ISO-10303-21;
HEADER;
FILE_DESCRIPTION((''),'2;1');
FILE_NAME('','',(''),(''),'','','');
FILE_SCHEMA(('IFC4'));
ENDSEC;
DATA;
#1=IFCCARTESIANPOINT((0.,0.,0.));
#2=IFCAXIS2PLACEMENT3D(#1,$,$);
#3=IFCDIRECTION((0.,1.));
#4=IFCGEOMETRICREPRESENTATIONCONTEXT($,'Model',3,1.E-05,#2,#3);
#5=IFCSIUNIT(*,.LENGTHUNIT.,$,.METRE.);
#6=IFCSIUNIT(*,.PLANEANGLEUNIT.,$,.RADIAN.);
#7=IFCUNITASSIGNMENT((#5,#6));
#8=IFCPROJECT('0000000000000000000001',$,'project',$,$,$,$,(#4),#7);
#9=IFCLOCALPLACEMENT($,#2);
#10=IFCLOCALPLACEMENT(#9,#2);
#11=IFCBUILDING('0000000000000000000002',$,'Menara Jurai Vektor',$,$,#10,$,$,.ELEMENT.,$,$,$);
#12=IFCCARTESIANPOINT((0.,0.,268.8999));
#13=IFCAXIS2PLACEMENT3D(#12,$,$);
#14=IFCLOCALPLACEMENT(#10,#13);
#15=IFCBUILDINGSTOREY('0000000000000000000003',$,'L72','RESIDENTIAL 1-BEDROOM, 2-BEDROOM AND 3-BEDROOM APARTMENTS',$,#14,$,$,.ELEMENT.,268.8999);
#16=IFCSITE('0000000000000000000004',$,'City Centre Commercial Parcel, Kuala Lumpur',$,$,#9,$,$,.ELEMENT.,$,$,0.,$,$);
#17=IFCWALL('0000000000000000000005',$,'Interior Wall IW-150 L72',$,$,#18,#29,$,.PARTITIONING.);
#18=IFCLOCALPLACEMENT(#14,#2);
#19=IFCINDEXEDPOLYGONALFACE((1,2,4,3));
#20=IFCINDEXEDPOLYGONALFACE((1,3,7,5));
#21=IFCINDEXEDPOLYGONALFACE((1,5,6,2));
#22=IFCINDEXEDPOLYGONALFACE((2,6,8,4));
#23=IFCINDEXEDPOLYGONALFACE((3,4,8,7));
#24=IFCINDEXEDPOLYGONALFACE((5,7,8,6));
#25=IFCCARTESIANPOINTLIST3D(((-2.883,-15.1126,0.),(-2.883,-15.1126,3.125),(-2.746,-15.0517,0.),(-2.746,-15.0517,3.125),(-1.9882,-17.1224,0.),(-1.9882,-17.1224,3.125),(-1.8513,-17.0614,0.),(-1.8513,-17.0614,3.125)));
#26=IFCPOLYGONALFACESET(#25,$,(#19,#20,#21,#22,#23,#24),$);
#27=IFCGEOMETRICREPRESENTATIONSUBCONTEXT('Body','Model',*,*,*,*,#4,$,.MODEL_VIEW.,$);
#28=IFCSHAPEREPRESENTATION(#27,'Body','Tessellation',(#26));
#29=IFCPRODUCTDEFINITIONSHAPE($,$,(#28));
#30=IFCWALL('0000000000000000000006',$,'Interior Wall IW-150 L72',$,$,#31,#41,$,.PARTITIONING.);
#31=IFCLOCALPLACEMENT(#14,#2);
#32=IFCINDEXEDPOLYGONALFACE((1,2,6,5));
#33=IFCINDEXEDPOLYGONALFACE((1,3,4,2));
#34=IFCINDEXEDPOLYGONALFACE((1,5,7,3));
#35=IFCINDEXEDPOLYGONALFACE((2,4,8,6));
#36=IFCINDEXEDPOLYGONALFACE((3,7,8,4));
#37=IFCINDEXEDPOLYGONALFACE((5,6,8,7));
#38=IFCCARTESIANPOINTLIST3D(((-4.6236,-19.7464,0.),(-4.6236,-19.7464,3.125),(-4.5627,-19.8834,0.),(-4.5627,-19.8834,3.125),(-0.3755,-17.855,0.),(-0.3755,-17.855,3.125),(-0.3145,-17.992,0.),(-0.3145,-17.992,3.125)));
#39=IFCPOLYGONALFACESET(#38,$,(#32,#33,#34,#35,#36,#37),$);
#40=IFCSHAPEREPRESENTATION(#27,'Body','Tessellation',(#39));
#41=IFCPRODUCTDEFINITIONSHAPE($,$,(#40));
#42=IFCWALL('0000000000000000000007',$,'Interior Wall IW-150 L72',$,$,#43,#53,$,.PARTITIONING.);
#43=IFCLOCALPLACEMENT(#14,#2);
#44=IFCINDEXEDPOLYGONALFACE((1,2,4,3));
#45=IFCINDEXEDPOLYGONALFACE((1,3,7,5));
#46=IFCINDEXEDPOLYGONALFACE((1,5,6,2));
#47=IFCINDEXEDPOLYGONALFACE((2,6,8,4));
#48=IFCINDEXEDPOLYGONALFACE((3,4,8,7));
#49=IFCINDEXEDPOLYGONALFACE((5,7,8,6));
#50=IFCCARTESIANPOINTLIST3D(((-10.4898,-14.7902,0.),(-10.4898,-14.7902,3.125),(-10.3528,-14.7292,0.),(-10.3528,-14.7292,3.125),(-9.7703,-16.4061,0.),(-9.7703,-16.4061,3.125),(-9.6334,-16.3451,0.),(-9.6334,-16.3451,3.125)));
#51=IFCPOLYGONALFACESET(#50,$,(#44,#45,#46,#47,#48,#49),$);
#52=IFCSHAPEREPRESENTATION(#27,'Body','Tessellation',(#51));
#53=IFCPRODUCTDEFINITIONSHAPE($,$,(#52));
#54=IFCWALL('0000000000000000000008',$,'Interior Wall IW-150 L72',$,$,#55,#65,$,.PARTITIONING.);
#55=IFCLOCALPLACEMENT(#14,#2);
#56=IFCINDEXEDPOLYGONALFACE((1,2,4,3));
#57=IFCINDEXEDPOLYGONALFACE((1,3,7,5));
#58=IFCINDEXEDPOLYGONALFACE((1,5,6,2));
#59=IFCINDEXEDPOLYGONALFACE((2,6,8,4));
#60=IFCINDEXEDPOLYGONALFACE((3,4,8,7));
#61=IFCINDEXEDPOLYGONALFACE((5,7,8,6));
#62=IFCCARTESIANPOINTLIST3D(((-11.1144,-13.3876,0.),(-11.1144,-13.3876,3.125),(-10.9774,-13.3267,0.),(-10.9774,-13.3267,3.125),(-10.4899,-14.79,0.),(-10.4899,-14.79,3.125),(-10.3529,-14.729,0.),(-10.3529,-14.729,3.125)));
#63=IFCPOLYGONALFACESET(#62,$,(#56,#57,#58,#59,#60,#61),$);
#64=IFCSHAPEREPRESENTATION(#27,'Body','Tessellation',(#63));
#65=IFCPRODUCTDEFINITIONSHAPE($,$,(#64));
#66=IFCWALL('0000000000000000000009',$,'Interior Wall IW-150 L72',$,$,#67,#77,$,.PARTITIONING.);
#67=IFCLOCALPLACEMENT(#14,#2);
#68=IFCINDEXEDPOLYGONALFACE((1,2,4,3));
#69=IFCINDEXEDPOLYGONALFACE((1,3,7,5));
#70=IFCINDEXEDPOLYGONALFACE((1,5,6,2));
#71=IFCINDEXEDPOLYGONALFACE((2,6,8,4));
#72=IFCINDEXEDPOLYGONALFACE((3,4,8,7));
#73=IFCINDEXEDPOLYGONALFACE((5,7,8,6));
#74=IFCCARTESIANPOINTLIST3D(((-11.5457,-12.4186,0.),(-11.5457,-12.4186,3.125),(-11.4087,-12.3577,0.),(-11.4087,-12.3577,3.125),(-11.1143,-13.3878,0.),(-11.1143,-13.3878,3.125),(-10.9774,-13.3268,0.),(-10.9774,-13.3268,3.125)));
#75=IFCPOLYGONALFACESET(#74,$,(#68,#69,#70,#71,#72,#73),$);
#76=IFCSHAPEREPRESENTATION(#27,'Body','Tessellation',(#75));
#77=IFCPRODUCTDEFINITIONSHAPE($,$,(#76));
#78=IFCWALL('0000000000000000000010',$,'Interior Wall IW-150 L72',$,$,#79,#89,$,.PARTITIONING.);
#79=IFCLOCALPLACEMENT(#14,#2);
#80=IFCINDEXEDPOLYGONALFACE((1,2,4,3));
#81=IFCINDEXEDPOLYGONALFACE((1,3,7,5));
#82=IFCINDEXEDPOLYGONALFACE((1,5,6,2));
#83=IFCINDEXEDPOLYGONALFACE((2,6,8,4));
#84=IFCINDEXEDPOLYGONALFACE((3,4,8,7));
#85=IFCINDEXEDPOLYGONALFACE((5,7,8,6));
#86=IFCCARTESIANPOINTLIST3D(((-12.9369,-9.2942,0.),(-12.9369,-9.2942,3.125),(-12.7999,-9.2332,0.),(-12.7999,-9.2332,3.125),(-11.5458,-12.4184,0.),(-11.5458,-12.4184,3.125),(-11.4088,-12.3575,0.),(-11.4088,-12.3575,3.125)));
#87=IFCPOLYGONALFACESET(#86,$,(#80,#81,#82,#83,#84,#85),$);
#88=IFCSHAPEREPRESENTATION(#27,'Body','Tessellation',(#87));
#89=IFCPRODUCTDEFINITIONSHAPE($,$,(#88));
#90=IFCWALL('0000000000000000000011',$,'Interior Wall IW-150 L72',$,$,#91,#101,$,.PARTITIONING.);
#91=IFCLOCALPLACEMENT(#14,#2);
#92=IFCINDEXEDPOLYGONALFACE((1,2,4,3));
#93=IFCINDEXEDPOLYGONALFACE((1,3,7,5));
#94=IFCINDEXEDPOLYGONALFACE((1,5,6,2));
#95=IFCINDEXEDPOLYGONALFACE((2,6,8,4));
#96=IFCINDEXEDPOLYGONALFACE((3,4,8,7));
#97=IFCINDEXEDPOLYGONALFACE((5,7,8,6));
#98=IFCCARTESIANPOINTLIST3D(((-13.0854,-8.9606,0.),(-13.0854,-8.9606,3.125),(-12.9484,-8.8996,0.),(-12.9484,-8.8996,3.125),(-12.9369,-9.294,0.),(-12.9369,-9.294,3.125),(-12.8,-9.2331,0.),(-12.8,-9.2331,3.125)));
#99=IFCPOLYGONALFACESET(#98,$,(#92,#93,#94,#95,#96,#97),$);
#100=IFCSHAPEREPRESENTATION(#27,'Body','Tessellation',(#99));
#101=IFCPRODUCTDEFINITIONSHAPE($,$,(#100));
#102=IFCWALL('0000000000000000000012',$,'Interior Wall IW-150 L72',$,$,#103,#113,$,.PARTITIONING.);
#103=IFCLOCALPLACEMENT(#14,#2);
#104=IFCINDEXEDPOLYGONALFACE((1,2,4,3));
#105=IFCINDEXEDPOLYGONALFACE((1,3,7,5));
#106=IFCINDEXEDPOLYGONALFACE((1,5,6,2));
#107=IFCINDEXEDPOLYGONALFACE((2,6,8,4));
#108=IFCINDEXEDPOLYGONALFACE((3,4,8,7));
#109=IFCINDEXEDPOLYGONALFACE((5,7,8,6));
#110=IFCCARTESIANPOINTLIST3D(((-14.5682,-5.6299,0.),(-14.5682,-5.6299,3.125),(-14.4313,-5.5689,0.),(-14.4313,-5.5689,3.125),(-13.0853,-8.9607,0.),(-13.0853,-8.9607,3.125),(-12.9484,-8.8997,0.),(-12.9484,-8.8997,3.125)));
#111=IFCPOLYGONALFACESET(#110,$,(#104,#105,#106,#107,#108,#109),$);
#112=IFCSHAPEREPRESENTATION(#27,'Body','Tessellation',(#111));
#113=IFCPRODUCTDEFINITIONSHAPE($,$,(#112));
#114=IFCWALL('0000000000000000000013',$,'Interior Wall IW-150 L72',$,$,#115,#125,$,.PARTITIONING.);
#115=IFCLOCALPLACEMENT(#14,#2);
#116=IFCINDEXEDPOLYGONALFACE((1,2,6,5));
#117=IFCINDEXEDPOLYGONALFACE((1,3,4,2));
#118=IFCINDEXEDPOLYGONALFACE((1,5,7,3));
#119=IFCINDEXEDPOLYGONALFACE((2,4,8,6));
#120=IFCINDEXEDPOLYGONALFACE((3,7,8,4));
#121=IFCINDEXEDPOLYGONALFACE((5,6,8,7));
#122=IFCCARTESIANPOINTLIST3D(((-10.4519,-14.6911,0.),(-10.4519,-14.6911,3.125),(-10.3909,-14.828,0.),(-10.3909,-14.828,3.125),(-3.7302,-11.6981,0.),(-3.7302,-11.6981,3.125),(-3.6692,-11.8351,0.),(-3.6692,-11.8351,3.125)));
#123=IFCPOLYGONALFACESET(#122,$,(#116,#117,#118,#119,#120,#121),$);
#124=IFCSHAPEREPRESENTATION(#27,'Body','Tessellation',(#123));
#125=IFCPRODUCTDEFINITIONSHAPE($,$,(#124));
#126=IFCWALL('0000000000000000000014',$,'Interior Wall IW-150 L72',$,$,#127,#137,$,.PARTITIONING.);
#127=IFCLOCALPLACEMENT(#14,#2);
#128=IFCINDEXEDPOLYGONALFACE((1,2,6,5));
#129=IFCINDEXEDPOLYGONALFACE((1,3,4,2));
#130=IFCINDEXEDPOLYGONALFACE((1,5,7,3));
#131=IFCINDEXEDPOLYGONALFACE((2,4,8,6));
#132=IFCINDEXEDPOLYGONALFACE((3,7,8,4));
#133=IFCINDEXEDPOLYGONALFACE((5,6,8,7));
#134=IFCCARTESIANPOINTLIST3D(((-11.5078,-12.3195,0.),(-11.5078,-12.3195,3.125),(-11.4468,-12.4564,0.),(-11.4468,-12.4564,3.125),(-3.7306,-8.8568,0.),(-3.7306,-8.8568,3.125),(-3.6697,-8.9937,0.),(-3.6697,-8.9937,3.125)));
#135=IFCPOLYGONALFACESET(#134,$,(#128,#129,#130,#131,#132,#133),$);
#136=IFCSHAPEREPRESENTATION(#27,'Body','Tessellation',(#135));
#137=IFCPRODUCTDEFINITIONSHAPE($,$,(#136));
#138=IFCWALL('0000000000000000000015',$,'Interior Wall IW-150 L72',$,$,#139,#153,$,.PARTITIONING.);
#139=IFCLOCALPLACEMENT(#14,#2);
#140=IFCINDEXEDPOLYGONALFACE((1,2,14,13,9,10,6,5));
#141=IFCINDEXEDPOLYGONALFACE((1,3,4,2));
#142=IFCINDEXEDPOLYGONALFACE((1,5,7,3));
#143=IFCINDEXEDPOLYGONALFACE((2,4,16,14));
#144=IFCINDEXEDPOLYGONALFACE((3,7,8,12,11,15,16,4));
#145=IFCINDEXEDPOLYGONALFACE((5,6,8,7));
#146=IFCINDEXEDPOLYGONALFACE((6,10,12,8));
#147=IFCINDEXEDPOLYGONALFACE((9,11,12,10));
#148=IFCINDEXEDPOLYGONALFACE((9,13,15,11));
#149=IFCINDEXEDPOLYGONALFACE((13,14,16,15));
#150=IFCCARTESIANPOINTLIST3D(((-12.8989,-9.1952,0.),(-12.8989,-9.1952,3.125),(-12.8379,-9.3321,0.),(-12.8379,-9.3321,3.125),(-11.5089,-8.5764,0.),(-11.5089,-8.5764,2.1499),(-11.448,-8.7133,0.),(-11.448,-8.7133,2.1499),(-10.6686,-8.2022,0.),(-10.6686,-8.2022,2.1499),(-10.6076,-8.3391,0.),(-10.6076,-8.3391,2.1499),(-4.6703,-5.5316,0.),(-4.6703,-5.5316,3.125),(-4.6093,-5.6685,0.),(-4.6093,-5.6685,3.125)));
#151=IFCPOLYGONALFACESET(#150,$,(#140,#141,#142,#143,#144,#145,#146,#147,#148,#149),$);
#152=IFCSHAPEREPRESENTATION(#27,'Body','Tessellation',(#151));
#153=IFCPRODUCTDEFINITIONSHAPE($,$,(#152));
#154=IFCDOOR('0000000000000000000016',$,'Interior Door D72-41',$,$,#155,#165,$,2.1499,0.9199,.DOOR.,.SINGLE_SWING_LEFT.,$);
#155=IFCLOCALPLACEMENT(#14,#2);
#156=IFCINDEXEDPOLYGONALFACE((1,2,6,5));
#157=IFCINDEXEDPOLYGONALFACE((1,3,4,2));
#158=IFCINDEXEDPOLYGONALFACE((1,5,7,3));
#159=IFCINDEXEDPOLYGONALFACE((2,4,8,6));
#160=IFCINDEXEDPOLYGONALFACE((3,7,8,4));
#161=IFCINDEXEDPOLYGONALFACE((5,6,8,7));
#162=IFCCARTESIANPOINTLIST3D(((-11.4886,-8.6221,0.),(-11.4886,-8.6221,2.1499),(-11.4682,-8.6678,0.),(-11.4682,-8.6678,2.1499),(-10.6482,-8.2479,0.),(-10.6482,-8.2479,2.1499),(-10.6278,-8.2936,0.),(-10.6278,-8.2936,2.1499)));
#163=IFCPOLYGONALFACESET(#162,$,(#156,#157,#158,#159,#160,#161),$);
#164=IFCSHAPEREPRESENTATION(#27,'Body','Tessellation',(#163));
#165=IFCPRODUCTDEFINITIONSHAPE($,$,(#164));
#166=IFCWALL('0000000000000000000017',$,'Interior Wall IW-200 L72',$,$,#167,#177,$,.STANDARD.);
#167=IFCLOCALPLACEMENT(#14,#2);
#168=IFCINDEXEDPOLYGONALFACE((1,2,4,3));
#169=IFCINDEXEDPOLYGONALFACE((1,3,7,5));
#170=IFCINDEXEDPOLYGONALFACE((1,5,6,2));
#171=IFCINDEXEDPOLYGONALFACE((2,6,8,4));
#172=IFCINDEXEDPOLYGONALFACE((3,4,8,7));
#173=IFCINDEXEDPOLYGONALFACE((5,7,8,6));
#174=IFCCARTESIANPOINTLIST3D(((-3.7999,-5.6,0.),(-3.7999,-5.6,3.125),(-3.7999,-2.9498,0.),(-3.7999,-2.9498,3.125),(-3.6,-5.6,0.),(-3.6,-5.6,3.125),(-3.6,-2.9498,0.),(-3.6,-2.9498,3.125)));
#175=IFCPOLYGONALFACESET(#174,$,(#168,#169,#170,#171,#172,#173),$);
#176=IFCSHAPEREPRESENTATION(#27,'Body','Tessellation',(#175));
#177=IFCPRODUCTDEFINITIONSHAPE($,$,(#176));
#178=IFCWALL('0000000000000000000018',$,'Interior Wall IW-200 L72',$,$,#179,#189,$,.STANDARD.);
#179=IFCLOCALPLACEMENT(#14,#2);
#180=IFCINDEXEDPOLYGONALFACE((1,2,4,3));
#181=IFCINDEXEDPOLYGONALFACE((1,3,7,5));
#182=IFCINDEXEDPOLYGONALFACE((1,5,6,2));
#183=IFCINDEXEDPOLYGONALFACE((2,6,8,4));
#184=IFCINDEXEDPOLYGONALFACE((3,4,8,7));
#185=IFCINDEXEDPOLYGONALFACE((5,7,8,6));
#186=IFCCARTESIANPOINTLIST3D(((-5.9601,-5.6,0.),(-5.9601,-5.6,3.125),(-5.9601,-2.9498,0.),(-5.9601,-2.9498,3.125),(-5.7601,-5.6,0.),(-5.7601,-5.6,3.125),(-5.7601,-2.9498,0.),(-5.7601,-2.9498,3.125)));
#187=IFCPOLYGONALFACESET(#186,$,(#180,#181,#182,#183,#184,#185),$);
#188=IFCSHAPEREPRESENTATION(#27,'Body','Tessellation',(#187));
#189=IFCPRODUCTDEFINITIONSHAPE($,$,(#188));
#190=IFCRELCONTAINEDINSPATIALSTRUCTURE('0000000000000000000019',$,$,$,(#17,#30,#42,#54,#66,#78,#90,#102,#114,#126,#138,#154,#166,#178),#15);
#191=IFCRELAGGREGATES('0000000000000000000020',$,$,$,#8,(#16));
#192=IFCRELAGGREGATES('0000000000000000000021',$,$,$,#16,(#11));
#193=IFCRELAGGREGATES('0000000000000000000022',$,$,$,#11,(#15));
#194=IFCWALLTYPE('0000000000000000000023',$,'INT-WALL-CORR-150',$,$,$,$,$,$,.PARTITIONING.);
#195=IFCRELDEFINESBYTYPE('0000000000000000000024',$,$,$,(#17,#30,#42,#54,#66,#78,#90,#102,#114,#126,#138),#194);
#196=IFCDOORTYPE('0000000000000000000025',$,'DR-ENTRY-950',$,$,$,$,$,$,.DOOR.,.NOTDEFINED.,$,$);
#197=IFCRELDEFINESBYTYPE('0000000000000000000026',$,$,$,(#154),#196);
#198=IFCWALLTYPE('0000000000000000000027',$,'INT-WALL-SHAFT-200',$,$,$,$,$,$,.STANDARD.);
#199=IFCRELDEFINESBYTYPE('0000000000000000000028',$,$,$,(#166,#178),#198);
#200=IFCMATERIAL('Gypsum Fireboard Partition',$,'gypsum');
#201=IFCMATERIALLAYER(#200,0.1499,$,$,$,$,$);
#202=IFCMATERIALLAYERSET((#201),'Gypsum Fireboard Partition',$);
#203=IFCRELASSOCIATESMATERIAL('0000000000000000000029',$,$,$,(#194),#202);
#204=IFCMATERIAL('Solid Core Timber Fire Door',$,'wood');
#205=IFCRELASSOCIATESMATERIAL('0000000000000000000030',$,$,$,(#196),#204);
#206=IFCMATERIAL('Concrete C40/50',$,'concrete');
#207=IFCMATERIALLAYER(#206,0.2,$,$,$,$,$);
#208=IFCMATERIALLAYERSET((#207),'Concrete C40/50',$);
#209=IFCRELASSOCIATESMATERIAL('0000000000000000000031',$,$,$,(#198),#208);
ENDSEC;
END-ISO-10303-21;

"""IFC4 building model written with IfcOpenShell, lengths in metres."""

from ifc_helpers import new_model, si_unit, direction, frame, frame_2d, origin, place, context, subcontext, project, spatial, rectangle, extrude, material, layer, layer_set, type_object, element, fill, save


model = new_model("IFC4")

# Units and contexts
model_context = context("Model", 3, precision=1e-05, world=origin(), true_north=direction((0.0, 1.0)))
body_context = subcontext(model_context, "Body", "Model", "MODEL_VIEW")
ifc_project = project(units=[si_unit("LENGTHUNIT", "METRE"), si_unit("PLANEANGLEUNIT", "RADIAN")], contexts=[model_context])

# Site, building, storey
site_placement = place(None, origin())
site = spatial("IfcSite", under=ifc_project, at=site_placement, Name="City Centre Commercial Parcel, Kuala Lumpur", CompositionType="ELEMENT", RefElevation=0.0)
building_placement = place(site_placement, origin())
building = spatial("IfcBuilding", under=site, at=building_placement, Name="Menara Jurai Vektor", CompositionType="ELEMENT")
storey_placement = place(building_placement, frame((0.0, 0.0, 268.8999)))
storey = spatial("IfcBuildingStorey", under=building, at=storey_placement, Name="L72", Description="RESIDENTIAL 1-BEDROOM, 2-BEDROOM AND 3-BEDROOM APARTMENTS", CompositionType="ELEMENT", Elevation=268.8999)

# Shared definitions
ifc_material_1 = material(Name="Gypsum Fireboard Partition", Category="gypsum")
ifc_layer_1 = layer(ifc_material_1, 0.1499)
ifc_layer_set_1 = layer_set([ifc_layer_1], Name="Gypsum Fireboard Partition")
wall_type_1 = type_object("IfcWallType", Name="INT-WALL-CORR-150", PredefinedType="PARTITIONING", material=ifc_layer_set_1)

# Shared definitions
ifc_material_2 = material(Name="Solid Core Timber Fire Door", Category="wood")
door_type_1 = type_object("IfcDoorType", Name="DR-ENTRY-950", OperationType="NOTDEFINED", PredefinedType="DOOR", material=ifc_material_2)

# Wall
for number, where, z_axis, x_axis, name in (
    (1, (-1.9197, -17.092, 0.0), (0.0, 0.0, 1.0), (-0.406725, 0.913551, 0.0), "Interior Wall IW-150 L72"),
):
    element("IfcWall", number, at=place(storey_placement, frame(where, z_axis=z_axis, x_axis=x_axis)), inside=storey, type_object=wall_type_1, Name=name, PredefinedType="PARTITIONING", context=body_context, shape_type="SweptSolid", body=[
        extrude(rectangle(XDim=2.2, YDim=0.1499, at=frame_2d((1.1001, 0.0))), origin(), (0.0, 0.0, 1.0), 3.125),
    ])

# Walls
wall_1_placement = place(storey_placement, frame((-4.5933, -19.8149, 0.0), z_axis=(0.0, 0.0, 1.0), x_axis=(0.913545, 0.406738, 0.0)))
element("IfcWall", 2, at=wall_1_placement, inside=storey, type_object=wall_type_1, Name="Interior Wall IW-150 L72", PredefinedType="PARTITIONING", context=body_context, shape_type="SweptSolid", body=[
    extrude(rectangle(XDim=4.6501, YDim=0.1499, at=frame_2d((2.3252, 0.0))), origin(), (0.0, 0.0, 1.0), 3.125),
])
wall_2_placement = place(storey_placement, frame((-9.7019, -16.3755, 0.0), z_axis=(0.0, 0.0, 1.0), x_axis=(-0.40674, 0.913544, 0.0)))
element("IfcWall", 3, at=wall_2_placement, inside=storey, type_object=wall_type_1, Name="Interior Wall IW-150 L72", PredefinedType="PARTITIONING", context=body_context, shape_type="SweptSolid", body=[
    extrude(rectangle(XDim=1.7688, YDim=0.1499, at=frame_2d((0.8843, 0.0))), origin(), (0.0, 0.0, 1.0), 3.125),
])
wall_3_placement = place(storey_placement, frame((-10.4214, -14.7595, 0.0), z_axis=(0.0, 0.0, 1.0), x_axis=(-0.406817, 0.91351, 0.0)))
element("IfcWall", 4, at=wall_3_placement, inside=storey, type_object=wall_type_1, Name="Interior Wall IW-150 L72", PredefinedType="PARTITIONING", context=body_context, shape_type="SweptSolid", body=[
    extrude(rectangle(XDim=1.5352, YDim=0.1499, at=frame_2d((0.7676, 0.0))), origin(), (0.0, 0.0, 1.0), 3.125),
])
wall_4_placement = place(storey_placement, frame((-11.0459, -13.3572, 0.0), z_axis=(0.0, 0.0, 1.0), x_axis=(-0.406629, 0.913593, 0.0)))
element("IfcWall", 5, at=wall_4_placement, inside=storey, type_object=wall_type_1, Name="Interior Wall IW-150 L72", PredefinedType="PARTITIONING", context=body_context, shape_type="SweptSolid", body=[
    extrude(rectangle(XDim=1.0608, YDim=0.1499, at=frame_2d((0.5303, 0.0))), origin(), (0.0, 0.0, 1.0), 3.125),
])
wall_5_placement = place(storey_placement, frame((-11.4773, -12.3879, 0.0), z_axis=(0.0, 0.0, 1.0), x_axis=(-0.406761, 0.913535, 0.0)))
element("IfcWall", 6, at=wall_5_placement, inside=storey, type_object=wall_type_1, Name="Interior Wall IW-150 L72", PredefinedType="PARTITIONING", context=body_context, shape_type="SweptSolid", body=[
    extrude(rectangle(XDim=3.4199, YDim=0.1499, at=frame_2d((1.71, 0.0))), origin(), (0.0, 0.0, 1.0), 3.125),
])
wall_6_placement = place(storey_placement, frame((-12.8684, -9.2637, 0.0), z_axis=(0.0, 0.0, 1.0), x_axis=(-0.406635, 0.913591, 0.0)))
element("IfcWall", 7, at=wall_6_placement, inside=storey, type_object=wall_type_1, Name="Interior Wall IW-150 L72", PredefinedType="PARTITIONING", context=body_context, shape_type="SweptSolid", body=[
    extrude(rectangle(XDim=0.365, YDim=0.1499, at=frame_2d((0.1826, 0.0))), origin(), (0.0, 0.0, 1.0), 3.125),
])
wall_7_placement = place(storey_placement, frame((-13.0168, -8.9302, 0.0), z_axis=(0.0, 0.0, 1.0), x_axis=(-0.406722, 0.913552, 0.0)))
element("IfcWall", 8, at=wall_7_placement, inside=storey, type_object=wall_type_1, Name="Interior Wall IW-150 L72", PredefinedType="PARTITIONING", context=body_context, shape_type="SweptSolid", body=[
    extrude(rectangle(XDim=3.646, YDim=0.1499, at=frame_2d((1.823, 0.0))), origin(), (0.0, 0.0, 1.0), 3.125),
])
wall_8_placement = place(storey_placement, frame((-10.4214, -14.7595, 0.0), z_axis=(0.0, 0.0, 1.0), x_axis=(0.913534, 0.406763, 0.0)))
element("IfcWall", 9, at=wall_8_placement, inside=storey, type_object=wall_type_1, Name="Interior Wall IW-150 L72", PredefinedType="PARTITIONING", context=body_context, shape_type="SweptSolid", body=[
    extrude(rectangle(XDim=7.3579, YDim=0.1499, at=frame_2d((3.679, 0.0))), origin(), (0.0, 0.0, 1.0), 3.125),
])
wall_9_placement = place(storey_placement, frame((-11.4773, -12.3879, 0.0), z_axis=(0.0, 0.0, 1.0), x_axis=(0.913543, 0.406742, 0.0)))
element("IfcWall", 10, at=wall_9_placement, inside=storey, type_object=wall_type_1, Name="Interior Wall IW-150 L72", PredefinedType="PARTITIONING", context=body_context, shape_type="SweptSolid", body=[
    extrude(rectangle(XDim=8.5132, YDim=0.1499, at=frame_2d((4.2566, 0.0))), origin(), (0.0, 0.0, 1.0), 3.125),
])

# Wall, opening, door
wall_10_placement = place(storey_placement, frame((-12.8684, -9.2637, 0.0), z_axis=(0.0, 0.0, 1.0), x_axis=(0.913545, 0.406737, 0.0)))
wall_10 = element("IfcWall", 11, at=wall_10_placement, inside=storey, type_object=wall_type_1, Name="Interior Wall IW-150 L72", PredefinedType="PARTITIONING", context=body_context, shape_type="SweptSolid", body=[
    extrude(rectangle(XDim=9.0073, YDim=0.1499, at=frame_2d((4.5037, 0.0))), origin(), (0.0, 0.0, 1.0), 3.125),
])
opening_1_placement = place(wall_10_placement, frame((1.5215, 0.0, 0.0)))
opening_1 = element("IfcOpeningElement", 12, at=opening_1_placement, cuts=wall_10, PredefinedType="OPENING", context=body_context, shape_type="SweptSolid", body=[
    extrude(rectangle(XDim=0.9199, YDim=2.1499, at=frame_2d((0.46, 1.075))), frame((0.0, 0.085, 0.0), z_axis=(0.0, -1.0, 0.0), x_axis=(1.0, 0.0, 0.0)), (0.0, 0.0, 1.0), 0.1699),
])
door_1_placement = place(opening_1_placement, origin())
door_1 = element("IfcDoor", 13, at=door_1_placement, inside=storey, type_object=door_type_1, Name="Interior Door D72-41", OperationType="SINGLE_SWING_LEFT", OverallHeight=2.1499, OverallWidth=0.9199, PredefinedType="DOOR", context=body_context, shape_type="SweptSolid", body=[
    extrude(rectangle(XDim=0.9199, YDim=2.1499, at=frame_2d((0.46, 1.075))), frame((0.0, 0.0249, 0.0), z_axis=(0.0, -1.0, 0.0), x_axis=(1.0, 0.0, 0.0)), (0.0, 0.0, 1.0), 0.05),
])
fill(opening_1, door_1)

# Walls
ifc_material_3 = material(Name="Concrete C40/50", Category="concrete")
ifc_layer_2 = layer(ifc_material_3, 0.2)
ifc_layer_set_2 = layer_set([ifc_layer_2], Name="Concrete C40/50")
wall_type_2 = type_object("IfcWallType", Name="INT-WALL-SHAFT-200", PredefinedType="STANDARD", material=ifc_layer_set_2)
for number, where, z_axis, x_axis, name in (
    (14, (-3.7, -5.6001, 0.0), (0.0, 0.0, 1.0), (0.0, 1.0, 0.0), "Interior Wall IW-200 L72"),
    (15, (-5.8601, -5.6001, 0.0), (0.0, 0.0, 1.0), (0.0, 1.0, 0.0), "Interior Wall IW-200 L72"),
):
    element("IfcWall", number, at=place(storey_placement, frame(where, z_axis=z_axis, x_axis=x_axis)), inside=storey, type_object=wall_type_2, Name=name, PredefinedType="STANDARD", context=body_context, shape_type="SweptSolid", body=[
        extrude(rectangle(XDim=2.6501, YDim=0.2, at=frame_2d((1.3252, 0.0))), origin(), (0.0, 0.0, 1.0), 3.125),
    ])

save(model, "model.ifc")
